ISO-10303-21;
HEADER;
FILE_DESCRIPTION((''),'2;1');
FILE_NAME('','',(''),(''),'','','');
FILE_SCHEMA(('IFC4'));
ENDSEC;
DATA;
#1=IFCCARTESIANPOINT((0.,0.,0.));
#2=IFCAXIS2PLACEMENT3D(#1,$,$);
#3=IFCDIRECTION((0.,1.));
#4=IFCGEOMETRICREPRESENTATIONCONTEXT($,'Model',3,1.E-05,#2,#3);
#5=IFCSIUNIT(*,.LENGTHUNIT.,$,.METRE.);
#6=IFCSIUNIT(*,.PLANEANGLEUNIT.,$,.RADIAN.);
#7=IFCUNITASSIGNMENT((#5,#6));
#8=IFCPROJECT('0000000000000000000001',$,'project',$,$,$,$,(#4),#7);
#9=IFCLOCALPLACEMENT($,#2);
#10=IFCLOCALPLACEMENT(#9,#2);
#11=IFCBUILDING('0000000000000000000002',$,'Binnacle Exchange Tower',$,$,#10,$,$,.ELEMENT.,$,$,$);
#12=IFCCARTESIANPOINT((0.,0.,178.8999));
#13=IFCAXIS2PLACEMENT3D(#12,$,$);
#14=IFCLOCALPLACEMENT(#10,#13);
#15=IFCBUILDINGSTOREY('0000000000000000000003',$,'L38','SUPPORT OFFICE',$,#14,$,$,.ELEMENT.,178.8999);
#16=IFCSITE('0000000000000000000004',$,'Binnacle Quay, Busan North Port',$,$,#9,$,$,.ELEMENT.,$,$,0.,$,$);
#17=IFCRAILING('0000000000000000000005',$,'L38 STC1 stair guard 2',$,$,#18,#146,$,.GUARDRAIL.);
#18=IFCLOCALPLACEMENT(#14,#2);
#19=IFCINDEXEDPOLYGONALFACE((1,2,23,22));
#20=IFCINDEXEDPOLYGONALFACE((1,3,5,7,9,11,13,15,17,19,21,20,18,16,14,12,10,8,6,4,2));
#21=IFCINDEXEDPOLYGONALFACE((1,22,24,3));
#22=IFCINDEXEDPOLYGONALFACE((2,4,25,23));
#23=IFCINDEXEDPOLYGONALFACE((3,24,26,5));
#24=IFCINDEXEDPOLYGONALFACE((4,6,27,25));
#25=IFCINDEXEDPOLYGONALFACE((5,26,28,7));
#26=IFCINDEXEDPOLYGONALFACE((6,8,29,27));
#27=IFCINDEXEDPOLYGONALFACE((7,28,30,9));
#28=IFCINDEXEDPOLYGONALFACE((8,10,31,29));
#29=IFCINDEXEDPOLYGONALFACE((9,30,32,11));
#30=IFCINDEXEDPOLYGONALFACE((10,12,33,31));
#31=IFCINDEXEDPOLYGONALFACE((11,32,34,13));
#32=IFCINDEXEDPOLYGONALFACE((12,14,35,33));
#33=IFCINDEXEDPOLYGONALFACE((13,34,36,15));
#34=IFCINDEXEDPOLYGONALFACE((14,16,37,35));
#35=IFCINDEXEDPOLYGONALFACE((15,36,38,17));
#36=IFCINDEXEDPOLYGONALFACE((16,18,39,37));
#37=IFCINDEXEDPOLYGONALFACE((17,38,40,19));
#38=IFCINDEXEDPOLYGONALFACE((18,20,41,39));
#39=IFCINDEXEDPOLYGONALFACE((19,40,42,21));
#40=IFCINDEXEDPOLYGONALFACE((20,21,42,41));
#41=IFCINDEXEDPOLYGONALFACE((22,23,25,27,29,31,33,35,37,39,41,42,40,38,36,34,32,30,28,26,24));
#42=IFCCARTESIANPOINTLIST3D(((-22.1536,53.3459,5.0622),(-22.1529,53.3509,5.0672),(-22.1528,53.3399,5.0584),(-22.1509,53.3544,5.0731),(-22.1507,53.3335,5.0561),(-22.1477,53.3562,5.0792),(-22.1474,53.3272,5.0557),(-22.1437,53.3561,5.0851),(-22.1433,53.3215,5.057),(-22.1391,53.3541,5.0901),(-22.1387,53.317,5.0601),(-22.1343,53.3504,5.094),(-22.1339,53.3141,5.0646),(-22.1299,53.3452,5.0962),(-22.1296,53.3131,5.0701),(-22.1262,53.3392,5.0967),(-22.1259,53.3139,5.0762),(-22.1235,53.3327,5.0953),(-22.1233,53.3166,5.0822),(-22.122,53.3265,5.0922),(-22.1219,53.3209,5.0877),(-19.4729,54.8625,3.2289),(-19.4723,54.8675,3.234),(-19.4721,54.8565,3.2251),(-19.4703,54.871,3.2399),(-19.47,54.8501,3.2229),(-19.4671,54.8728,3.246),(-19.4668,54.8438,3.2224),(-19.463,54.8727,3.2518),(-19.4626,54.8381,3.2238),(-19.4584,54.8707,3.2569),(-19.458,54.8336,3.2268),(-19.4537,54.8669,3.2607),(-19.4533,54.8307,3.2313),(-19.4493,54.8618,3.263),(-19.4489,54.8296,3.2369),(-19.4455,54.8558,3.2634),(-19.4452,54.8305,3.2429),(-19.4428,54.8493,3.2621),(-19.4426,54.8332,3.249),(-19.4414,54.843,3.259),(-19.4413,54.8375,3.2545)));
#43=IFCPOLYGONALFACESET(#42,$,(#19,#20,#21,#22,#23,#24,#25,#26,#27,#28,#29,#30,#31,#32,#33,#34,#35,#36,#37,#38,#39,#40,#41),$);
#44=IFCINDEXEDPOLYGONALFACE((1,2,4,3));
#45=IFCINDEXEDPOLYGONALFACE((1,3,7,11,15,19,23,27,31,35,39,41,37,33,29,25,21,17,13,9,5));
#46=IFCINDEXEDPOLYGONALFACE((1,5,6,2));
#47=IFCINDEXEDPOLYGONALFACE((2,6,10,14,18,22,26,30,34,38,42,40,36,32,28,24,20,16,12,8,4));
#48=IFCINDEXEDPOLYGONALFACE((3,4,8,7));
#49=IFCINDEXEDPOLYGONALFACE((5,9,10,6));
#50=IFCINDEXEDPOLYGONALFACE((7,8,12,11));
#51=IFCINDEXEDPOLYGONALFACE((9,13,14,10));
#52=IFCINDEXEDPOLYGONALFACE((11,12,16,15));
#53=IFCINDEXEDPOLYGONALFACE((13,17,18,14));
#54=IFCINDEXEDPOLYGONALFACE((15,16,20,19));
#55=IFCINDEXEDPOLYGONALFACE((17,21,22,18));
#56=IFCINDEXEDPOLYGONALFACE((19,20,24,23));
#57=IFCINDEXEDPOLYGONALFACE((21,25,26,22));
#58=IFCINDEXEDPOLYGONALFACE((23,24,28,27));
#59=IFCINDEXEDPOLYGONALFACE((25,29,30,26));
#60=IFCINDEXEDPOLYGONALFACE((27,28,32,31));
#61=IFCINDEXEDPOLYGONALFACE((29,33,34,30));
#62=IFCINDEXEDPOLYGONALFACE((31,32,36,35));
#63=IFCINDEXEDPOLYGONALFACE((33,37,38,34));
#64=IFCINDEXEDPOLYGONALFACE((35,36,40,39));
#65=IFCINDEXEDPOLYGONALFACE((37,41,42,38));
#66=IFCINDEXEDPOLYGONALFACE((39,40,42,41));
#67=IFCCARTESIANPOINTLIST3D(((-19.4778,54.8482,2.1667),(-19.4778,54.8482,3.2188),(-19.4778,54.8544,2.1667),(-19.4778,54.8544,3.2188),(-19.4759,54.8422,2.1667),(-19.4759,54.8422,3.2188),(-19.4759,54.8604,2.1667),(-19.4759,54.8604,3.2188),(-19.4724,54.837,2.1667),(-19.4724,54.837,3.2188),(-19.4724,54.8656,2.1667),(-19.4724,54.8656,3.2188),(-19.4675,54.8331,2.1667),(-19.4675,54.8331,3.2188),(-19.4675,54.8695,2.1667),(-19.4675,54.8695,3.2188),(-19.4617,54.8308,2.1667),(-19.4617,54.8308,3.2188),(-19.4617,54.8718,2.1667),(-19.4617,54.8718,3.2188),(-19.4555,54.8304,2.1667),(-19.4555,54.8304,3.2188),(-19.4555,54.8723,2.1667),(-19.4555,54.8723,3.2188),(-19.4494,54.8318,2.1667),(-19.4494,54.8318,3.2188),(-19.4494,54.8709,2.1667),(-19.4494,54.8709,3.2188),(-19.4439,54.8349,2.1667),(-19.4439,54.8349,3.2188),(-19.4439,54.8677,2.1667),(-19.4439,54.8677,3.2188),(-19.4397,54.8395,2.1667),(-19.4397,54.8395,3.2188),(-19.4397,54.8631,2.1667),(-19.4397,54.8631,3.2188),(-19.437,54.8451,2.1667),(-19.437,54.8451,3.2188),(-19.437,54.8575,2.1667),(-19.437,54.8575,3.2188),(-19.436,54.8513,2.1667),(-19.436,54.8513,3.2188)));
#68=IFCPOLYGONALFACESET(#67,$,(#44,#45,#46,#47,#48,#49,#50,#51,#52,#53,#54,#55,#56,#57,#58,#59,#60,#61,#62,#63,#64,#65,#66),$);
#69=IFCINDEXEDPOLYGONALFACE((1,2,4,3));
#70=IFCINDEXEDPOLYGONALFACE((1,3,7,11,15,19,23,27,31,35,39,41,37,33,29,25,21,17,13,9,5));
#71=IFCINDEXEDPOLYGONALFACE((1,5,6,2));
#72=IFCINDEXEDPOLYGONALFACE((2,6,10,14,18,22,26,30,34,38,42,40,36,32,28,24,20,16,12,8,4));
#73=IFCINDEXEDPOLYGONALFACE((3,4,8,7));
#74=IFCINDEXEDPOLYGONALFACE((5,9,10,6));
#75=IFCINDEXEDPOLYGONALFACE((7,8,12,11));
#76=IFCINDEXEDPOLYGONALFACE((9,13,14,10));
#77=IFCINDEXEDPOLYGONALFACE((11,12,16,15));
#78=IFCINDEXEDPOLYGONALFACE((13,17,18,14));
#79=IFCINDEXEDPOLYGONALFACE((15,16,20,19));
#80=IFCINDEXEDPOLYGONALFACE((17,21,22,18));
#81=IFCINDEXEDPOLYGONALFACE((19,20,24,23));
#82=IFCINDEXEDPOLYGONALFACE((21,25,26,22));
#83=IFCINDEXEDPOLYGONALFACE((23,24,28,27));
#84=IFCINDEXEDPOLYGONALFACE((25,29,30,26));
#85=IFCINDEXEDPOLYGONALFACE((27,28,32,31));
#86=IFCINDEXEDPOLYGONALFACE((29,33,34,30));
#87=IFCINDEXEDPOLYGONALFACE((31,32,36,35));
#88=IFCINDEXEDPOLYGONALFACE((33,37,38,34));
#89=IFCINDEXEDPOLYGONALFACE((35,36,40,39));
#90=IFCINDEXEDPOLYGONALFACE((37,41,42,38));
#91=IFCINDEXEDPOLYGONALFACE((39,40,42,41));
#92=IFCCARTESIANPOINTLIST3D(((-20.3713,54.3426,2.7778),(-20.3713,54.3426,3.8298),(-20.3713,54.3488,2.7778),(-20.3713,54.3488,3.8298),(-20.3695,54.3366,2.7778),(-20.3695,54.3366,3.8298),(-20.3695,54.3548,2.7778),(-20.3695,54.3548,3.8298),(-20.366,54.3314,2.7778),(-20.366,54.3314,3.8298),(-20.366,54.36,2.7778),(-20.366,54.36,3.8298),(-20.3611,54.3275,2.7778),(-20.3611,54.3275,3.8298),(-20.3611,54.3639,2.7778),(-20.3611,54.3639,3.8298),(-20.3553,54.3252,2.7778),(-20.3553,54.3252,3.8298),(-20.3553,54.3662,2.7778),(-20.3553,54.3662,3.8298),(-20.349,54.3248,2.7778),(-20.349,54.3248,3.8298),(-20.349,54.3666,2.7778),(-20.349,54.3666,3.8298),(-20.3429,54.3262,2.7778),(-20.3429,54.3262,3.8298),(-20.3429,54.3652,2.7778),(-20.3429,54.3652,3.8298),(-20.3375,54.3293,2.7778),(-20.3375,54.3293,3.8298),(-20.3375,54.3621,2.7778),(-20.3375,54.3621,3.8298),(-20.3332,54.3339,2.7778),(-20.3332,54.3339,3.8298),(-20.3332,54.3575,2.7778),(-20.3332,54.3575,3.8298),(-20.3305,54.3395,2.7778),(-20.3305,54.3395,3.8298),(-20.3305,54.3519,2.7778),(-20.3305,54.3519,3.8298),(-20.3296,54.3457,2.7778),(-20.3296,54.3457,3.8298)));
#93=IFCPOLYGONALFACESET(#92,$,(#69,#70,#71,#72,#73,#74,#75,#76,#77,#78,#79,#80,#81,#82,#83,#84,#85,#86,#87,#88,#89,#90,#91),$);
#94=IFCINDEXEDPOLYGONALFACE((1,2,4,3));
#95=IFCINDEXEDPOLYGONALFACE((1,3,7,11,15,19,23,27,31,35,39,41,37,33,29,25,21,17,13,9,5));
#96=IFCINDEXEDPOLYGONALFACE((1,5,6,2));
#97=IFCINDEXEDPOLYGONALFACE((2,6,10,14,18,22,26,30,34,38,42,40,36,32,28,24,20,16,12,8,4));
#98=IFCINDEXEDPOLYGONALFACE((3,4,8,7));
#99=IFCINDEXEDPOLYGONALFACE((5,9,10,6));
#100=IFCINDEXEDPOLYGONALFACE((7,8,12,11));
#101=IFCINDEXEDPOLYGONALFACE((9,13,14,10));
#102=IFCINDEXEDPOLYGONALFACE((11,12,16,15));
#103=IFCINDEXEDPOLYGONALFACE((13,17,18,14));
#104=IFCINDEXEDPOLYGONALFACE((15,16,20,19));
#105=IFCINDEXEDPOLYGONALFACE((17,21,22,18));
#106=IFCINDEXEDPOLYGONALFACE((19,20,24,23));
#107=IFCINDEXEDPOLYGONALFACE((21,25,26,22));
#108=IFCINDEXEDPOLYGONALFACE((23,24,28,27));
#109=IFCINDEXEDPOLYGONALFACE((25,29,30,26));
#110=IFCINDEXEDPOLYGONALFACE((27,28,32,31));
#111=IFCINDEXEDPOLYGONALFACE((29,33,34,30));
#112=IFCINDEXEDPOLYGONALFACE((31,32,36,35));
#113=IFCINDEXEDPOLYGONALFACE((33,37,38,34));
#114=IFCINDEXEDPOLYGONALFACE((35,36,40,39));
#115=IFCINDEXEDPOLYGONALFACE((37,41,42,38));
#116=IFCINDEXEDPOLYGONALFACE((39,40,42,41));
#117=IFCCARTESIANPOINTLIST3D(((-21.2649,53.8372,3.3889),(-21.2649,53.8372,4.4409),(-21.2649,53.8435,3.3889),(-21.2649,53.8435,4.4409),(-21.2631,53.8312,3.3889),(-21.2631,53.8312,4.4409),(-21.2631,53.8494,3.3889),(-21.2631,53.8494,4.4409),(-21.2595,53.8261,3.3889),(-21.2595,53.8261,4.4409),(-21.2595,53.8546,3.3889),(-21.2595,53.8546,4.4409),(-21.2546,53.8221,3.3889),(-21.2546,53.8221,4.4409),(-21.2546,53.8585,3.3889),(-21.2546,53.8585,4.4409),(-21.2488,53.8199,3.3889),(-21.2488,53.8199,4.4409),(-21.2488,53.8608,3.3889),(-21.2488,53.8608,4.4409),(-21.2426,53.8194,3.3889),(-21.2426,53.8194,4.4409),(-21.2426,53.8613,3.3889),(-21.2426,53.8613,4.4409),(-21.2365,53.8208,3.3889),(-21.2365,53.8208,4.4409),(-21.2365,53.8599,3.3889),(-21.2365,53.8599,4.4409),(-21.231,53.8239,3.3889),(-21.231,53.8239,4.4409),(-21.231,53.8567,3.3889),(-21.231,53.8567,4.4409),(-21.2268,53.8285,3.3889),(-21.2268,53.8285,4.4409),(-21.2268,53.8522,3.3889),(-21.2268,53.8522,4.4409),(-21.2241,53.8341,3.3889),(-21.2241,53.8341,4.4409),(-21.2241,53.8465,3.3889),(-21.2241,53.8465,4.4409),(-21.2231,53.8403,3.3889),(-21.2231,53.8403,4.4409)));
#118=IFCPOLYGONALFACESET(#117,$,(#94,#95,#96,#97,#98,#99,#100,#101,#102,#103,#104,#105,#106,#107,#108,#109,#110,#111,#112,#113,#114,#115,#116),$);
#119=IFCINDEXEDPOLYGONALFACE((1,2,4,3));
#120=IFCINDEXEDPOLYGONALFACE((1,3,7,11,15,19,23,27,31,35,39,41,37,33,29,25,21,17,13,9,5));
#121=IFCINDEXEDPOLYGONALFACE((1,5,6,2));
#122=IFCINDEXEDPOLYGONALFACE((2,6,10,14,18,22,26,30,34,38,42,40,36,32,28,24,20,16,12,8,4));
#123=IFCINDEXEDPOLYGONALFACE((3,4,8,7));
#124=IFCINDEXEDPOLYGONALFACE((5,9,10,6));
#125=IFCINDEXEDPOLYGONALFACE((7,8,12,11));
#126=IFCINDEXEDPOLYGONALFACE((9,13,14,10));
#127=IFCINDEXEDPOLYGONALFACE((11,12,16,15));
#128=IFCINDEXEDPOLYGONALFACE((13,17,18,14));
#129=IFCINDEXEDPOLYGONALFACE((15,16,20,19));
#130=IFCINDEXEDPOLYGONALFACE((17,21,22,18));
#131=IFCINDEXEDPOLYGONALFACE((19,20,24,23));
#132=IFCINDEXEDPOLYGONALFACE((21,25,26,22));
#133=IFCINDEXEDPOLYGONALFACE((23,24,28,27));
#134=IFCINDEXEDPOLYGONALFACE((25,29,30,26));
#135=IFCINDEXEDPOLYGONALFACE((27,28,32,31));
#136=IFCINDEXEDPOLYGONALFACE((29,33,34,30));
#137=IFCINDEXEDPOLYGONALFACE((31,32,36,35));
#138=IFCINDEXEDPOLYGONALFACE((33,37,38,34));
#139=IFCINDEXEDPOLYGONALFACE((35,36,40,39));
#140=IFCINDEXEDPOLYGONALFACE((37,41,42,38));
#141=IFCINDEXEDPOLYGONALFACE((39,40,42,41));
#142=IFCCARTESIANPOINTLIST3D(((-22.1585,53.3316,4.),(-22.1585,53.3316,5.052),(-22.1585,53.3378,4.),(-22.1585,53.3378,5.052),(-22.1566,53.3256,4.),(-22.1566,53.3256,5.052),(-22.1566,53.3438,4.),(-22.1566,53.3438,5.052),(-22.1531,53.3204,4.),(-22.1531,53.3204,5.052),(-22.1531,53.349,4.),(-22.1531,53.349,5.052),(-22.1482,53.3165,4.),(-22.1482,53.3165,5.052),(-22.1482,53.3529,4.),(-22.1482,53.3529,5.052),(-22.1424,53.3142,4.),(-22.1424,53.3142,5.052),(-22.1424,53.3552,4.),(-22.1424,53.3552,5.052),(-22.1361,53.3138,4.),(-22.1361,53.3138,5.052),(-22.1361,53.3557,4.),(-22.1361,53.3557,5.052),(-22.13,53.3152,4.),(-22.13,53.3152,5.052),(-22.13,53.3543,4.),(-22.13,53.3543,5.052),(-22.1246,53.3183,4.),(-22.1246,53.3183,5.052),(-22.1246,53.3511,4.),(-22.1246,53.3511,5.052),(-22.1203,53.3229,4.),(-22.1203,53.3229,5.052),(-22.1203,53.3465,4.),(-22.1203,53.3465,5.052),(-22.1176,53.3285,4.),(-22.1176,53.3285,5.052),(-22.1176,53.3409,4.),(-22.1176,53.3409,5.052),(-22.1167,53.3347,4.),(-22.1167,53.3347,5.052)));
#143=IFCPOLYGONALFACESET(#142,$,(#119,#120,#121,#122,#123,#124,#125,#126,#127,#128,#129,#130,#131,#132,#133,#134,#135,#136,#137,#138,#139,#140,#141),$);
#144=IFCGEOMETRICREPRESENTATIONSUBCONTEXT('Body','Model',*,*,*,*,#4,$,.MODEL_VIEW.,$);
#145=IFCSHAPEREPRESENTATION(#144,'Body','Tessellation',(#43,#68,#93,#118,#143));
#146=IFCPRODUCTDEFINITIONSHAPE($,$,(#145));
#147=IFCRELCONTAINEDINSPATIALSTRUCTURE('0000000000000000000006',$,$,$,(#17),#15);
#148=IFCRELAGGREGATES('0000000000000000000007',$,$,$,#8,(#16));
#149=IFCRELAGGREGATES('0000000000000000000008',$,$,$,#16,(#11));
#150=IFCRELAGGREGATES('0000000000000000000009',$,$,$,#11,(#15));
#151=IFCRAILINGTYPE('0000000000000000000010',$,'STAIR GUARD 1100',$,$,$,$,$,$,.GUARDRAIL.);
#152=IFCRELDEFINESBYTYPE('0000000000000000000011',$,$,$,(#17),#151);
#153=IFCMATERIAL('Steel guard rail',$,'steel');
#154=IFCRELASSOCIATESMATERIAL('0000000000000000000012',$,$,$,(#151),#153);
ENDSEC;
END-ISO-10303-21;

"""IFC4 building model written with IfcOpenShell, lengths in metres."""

from ifc_helpers import new_model, si_unit, direction, frame, origin, origin_2d, place, context, subcontext, project, spatial, circle, extrude, material, type_object, element, save


model = new_model("IFC4")

# Units and contexts
model_context = context("Model", 3, precision=1e-05, world=origin(), true_north=direction((0.0, 1.0)))
body_context = subcontext(model_context, "Body", "Model", "MODEL_VIEW")
ifc_project = project(units=[si_unit("LENGTHUNIT", "METRE"), si_unit("PLANEANGLEUNIT", "RADIAN")], contexts=[model_context])

# Site, building, storey
site_placement = place(None, origin())
site = spatial("IfcSite", under=ifc_project, at=site_placement, Name="Binnacle Quay, Busan North Port", CompositionType="ELEMENT", RefElevation=0.0)
building_placement = place(site_placement, origin())
building = spatial("IfcBuilding", under=site, at=building_placement, Name="Binnacle Exchange Tower", CompositionType="ELEMENT")
storey_placement = place(building_placement, frame((0.0, 0.0, 178.8999)))
storey = spatial("IfcBuildingStorey", under=building, at=storey_placement, Name="L38", Description="SUPPORT OFFICE", CompositionType="ELEMENT", Elevation=178.8999)

# Railing
ifc_material_1 = material(Name="Steel guard rail", Category="steel")
railing_type_1 = type_object("IfcRailingType", Name="STAIR GUARD 1100", PredefinedType="GUARDRAIL", material=ifc_material_1)
railing_1_placement = place(storey_placement, frame((-19.457, 54.8513, 2.1667)))
element("IfcRailing", 1, at=railing_1_placement, inside=storey, type_object=railing_type_1, Name="L38 STC1 stair guard 2", PredefinedType="GUARDRAIL", context=body_context, shape_type="SweptSolid", body=[
    extrude(circle(Radius=0.0239, at=origin_2d()), frame((0.0, 0.0, 1.0762), z_axis=(-0.747901, -0.423129, 0.511474), x_axis=(0.492412, -0.870362, 0.0)), (0.0, 0.0, 1.0), 3.5842),
    extrude(circle(Radius=0.021, at=origin_2d()), origin(), (0.0, 0.0, 1.0), 1.052),
    extrude(circle(Radius=0.021, at=origin_2d()), frame((-0.8936, -0.5056, 0.6111)), (0.0, 0.0, 1.0), 1.052),
    extrude(circle(Radius=0.021, at=origin_2d()), frame((-1.7871, -1.011, 1.2222)), (0.0, 0.0, 1.0), 1.052),
    extrude(circle(Radius=0.021, at=origin_2d()), frame((-2.6807, -1.5166, 1.8333)), (0.0, 0.0, 1.0), 1.052),
])

save(model, "model.ifc")
